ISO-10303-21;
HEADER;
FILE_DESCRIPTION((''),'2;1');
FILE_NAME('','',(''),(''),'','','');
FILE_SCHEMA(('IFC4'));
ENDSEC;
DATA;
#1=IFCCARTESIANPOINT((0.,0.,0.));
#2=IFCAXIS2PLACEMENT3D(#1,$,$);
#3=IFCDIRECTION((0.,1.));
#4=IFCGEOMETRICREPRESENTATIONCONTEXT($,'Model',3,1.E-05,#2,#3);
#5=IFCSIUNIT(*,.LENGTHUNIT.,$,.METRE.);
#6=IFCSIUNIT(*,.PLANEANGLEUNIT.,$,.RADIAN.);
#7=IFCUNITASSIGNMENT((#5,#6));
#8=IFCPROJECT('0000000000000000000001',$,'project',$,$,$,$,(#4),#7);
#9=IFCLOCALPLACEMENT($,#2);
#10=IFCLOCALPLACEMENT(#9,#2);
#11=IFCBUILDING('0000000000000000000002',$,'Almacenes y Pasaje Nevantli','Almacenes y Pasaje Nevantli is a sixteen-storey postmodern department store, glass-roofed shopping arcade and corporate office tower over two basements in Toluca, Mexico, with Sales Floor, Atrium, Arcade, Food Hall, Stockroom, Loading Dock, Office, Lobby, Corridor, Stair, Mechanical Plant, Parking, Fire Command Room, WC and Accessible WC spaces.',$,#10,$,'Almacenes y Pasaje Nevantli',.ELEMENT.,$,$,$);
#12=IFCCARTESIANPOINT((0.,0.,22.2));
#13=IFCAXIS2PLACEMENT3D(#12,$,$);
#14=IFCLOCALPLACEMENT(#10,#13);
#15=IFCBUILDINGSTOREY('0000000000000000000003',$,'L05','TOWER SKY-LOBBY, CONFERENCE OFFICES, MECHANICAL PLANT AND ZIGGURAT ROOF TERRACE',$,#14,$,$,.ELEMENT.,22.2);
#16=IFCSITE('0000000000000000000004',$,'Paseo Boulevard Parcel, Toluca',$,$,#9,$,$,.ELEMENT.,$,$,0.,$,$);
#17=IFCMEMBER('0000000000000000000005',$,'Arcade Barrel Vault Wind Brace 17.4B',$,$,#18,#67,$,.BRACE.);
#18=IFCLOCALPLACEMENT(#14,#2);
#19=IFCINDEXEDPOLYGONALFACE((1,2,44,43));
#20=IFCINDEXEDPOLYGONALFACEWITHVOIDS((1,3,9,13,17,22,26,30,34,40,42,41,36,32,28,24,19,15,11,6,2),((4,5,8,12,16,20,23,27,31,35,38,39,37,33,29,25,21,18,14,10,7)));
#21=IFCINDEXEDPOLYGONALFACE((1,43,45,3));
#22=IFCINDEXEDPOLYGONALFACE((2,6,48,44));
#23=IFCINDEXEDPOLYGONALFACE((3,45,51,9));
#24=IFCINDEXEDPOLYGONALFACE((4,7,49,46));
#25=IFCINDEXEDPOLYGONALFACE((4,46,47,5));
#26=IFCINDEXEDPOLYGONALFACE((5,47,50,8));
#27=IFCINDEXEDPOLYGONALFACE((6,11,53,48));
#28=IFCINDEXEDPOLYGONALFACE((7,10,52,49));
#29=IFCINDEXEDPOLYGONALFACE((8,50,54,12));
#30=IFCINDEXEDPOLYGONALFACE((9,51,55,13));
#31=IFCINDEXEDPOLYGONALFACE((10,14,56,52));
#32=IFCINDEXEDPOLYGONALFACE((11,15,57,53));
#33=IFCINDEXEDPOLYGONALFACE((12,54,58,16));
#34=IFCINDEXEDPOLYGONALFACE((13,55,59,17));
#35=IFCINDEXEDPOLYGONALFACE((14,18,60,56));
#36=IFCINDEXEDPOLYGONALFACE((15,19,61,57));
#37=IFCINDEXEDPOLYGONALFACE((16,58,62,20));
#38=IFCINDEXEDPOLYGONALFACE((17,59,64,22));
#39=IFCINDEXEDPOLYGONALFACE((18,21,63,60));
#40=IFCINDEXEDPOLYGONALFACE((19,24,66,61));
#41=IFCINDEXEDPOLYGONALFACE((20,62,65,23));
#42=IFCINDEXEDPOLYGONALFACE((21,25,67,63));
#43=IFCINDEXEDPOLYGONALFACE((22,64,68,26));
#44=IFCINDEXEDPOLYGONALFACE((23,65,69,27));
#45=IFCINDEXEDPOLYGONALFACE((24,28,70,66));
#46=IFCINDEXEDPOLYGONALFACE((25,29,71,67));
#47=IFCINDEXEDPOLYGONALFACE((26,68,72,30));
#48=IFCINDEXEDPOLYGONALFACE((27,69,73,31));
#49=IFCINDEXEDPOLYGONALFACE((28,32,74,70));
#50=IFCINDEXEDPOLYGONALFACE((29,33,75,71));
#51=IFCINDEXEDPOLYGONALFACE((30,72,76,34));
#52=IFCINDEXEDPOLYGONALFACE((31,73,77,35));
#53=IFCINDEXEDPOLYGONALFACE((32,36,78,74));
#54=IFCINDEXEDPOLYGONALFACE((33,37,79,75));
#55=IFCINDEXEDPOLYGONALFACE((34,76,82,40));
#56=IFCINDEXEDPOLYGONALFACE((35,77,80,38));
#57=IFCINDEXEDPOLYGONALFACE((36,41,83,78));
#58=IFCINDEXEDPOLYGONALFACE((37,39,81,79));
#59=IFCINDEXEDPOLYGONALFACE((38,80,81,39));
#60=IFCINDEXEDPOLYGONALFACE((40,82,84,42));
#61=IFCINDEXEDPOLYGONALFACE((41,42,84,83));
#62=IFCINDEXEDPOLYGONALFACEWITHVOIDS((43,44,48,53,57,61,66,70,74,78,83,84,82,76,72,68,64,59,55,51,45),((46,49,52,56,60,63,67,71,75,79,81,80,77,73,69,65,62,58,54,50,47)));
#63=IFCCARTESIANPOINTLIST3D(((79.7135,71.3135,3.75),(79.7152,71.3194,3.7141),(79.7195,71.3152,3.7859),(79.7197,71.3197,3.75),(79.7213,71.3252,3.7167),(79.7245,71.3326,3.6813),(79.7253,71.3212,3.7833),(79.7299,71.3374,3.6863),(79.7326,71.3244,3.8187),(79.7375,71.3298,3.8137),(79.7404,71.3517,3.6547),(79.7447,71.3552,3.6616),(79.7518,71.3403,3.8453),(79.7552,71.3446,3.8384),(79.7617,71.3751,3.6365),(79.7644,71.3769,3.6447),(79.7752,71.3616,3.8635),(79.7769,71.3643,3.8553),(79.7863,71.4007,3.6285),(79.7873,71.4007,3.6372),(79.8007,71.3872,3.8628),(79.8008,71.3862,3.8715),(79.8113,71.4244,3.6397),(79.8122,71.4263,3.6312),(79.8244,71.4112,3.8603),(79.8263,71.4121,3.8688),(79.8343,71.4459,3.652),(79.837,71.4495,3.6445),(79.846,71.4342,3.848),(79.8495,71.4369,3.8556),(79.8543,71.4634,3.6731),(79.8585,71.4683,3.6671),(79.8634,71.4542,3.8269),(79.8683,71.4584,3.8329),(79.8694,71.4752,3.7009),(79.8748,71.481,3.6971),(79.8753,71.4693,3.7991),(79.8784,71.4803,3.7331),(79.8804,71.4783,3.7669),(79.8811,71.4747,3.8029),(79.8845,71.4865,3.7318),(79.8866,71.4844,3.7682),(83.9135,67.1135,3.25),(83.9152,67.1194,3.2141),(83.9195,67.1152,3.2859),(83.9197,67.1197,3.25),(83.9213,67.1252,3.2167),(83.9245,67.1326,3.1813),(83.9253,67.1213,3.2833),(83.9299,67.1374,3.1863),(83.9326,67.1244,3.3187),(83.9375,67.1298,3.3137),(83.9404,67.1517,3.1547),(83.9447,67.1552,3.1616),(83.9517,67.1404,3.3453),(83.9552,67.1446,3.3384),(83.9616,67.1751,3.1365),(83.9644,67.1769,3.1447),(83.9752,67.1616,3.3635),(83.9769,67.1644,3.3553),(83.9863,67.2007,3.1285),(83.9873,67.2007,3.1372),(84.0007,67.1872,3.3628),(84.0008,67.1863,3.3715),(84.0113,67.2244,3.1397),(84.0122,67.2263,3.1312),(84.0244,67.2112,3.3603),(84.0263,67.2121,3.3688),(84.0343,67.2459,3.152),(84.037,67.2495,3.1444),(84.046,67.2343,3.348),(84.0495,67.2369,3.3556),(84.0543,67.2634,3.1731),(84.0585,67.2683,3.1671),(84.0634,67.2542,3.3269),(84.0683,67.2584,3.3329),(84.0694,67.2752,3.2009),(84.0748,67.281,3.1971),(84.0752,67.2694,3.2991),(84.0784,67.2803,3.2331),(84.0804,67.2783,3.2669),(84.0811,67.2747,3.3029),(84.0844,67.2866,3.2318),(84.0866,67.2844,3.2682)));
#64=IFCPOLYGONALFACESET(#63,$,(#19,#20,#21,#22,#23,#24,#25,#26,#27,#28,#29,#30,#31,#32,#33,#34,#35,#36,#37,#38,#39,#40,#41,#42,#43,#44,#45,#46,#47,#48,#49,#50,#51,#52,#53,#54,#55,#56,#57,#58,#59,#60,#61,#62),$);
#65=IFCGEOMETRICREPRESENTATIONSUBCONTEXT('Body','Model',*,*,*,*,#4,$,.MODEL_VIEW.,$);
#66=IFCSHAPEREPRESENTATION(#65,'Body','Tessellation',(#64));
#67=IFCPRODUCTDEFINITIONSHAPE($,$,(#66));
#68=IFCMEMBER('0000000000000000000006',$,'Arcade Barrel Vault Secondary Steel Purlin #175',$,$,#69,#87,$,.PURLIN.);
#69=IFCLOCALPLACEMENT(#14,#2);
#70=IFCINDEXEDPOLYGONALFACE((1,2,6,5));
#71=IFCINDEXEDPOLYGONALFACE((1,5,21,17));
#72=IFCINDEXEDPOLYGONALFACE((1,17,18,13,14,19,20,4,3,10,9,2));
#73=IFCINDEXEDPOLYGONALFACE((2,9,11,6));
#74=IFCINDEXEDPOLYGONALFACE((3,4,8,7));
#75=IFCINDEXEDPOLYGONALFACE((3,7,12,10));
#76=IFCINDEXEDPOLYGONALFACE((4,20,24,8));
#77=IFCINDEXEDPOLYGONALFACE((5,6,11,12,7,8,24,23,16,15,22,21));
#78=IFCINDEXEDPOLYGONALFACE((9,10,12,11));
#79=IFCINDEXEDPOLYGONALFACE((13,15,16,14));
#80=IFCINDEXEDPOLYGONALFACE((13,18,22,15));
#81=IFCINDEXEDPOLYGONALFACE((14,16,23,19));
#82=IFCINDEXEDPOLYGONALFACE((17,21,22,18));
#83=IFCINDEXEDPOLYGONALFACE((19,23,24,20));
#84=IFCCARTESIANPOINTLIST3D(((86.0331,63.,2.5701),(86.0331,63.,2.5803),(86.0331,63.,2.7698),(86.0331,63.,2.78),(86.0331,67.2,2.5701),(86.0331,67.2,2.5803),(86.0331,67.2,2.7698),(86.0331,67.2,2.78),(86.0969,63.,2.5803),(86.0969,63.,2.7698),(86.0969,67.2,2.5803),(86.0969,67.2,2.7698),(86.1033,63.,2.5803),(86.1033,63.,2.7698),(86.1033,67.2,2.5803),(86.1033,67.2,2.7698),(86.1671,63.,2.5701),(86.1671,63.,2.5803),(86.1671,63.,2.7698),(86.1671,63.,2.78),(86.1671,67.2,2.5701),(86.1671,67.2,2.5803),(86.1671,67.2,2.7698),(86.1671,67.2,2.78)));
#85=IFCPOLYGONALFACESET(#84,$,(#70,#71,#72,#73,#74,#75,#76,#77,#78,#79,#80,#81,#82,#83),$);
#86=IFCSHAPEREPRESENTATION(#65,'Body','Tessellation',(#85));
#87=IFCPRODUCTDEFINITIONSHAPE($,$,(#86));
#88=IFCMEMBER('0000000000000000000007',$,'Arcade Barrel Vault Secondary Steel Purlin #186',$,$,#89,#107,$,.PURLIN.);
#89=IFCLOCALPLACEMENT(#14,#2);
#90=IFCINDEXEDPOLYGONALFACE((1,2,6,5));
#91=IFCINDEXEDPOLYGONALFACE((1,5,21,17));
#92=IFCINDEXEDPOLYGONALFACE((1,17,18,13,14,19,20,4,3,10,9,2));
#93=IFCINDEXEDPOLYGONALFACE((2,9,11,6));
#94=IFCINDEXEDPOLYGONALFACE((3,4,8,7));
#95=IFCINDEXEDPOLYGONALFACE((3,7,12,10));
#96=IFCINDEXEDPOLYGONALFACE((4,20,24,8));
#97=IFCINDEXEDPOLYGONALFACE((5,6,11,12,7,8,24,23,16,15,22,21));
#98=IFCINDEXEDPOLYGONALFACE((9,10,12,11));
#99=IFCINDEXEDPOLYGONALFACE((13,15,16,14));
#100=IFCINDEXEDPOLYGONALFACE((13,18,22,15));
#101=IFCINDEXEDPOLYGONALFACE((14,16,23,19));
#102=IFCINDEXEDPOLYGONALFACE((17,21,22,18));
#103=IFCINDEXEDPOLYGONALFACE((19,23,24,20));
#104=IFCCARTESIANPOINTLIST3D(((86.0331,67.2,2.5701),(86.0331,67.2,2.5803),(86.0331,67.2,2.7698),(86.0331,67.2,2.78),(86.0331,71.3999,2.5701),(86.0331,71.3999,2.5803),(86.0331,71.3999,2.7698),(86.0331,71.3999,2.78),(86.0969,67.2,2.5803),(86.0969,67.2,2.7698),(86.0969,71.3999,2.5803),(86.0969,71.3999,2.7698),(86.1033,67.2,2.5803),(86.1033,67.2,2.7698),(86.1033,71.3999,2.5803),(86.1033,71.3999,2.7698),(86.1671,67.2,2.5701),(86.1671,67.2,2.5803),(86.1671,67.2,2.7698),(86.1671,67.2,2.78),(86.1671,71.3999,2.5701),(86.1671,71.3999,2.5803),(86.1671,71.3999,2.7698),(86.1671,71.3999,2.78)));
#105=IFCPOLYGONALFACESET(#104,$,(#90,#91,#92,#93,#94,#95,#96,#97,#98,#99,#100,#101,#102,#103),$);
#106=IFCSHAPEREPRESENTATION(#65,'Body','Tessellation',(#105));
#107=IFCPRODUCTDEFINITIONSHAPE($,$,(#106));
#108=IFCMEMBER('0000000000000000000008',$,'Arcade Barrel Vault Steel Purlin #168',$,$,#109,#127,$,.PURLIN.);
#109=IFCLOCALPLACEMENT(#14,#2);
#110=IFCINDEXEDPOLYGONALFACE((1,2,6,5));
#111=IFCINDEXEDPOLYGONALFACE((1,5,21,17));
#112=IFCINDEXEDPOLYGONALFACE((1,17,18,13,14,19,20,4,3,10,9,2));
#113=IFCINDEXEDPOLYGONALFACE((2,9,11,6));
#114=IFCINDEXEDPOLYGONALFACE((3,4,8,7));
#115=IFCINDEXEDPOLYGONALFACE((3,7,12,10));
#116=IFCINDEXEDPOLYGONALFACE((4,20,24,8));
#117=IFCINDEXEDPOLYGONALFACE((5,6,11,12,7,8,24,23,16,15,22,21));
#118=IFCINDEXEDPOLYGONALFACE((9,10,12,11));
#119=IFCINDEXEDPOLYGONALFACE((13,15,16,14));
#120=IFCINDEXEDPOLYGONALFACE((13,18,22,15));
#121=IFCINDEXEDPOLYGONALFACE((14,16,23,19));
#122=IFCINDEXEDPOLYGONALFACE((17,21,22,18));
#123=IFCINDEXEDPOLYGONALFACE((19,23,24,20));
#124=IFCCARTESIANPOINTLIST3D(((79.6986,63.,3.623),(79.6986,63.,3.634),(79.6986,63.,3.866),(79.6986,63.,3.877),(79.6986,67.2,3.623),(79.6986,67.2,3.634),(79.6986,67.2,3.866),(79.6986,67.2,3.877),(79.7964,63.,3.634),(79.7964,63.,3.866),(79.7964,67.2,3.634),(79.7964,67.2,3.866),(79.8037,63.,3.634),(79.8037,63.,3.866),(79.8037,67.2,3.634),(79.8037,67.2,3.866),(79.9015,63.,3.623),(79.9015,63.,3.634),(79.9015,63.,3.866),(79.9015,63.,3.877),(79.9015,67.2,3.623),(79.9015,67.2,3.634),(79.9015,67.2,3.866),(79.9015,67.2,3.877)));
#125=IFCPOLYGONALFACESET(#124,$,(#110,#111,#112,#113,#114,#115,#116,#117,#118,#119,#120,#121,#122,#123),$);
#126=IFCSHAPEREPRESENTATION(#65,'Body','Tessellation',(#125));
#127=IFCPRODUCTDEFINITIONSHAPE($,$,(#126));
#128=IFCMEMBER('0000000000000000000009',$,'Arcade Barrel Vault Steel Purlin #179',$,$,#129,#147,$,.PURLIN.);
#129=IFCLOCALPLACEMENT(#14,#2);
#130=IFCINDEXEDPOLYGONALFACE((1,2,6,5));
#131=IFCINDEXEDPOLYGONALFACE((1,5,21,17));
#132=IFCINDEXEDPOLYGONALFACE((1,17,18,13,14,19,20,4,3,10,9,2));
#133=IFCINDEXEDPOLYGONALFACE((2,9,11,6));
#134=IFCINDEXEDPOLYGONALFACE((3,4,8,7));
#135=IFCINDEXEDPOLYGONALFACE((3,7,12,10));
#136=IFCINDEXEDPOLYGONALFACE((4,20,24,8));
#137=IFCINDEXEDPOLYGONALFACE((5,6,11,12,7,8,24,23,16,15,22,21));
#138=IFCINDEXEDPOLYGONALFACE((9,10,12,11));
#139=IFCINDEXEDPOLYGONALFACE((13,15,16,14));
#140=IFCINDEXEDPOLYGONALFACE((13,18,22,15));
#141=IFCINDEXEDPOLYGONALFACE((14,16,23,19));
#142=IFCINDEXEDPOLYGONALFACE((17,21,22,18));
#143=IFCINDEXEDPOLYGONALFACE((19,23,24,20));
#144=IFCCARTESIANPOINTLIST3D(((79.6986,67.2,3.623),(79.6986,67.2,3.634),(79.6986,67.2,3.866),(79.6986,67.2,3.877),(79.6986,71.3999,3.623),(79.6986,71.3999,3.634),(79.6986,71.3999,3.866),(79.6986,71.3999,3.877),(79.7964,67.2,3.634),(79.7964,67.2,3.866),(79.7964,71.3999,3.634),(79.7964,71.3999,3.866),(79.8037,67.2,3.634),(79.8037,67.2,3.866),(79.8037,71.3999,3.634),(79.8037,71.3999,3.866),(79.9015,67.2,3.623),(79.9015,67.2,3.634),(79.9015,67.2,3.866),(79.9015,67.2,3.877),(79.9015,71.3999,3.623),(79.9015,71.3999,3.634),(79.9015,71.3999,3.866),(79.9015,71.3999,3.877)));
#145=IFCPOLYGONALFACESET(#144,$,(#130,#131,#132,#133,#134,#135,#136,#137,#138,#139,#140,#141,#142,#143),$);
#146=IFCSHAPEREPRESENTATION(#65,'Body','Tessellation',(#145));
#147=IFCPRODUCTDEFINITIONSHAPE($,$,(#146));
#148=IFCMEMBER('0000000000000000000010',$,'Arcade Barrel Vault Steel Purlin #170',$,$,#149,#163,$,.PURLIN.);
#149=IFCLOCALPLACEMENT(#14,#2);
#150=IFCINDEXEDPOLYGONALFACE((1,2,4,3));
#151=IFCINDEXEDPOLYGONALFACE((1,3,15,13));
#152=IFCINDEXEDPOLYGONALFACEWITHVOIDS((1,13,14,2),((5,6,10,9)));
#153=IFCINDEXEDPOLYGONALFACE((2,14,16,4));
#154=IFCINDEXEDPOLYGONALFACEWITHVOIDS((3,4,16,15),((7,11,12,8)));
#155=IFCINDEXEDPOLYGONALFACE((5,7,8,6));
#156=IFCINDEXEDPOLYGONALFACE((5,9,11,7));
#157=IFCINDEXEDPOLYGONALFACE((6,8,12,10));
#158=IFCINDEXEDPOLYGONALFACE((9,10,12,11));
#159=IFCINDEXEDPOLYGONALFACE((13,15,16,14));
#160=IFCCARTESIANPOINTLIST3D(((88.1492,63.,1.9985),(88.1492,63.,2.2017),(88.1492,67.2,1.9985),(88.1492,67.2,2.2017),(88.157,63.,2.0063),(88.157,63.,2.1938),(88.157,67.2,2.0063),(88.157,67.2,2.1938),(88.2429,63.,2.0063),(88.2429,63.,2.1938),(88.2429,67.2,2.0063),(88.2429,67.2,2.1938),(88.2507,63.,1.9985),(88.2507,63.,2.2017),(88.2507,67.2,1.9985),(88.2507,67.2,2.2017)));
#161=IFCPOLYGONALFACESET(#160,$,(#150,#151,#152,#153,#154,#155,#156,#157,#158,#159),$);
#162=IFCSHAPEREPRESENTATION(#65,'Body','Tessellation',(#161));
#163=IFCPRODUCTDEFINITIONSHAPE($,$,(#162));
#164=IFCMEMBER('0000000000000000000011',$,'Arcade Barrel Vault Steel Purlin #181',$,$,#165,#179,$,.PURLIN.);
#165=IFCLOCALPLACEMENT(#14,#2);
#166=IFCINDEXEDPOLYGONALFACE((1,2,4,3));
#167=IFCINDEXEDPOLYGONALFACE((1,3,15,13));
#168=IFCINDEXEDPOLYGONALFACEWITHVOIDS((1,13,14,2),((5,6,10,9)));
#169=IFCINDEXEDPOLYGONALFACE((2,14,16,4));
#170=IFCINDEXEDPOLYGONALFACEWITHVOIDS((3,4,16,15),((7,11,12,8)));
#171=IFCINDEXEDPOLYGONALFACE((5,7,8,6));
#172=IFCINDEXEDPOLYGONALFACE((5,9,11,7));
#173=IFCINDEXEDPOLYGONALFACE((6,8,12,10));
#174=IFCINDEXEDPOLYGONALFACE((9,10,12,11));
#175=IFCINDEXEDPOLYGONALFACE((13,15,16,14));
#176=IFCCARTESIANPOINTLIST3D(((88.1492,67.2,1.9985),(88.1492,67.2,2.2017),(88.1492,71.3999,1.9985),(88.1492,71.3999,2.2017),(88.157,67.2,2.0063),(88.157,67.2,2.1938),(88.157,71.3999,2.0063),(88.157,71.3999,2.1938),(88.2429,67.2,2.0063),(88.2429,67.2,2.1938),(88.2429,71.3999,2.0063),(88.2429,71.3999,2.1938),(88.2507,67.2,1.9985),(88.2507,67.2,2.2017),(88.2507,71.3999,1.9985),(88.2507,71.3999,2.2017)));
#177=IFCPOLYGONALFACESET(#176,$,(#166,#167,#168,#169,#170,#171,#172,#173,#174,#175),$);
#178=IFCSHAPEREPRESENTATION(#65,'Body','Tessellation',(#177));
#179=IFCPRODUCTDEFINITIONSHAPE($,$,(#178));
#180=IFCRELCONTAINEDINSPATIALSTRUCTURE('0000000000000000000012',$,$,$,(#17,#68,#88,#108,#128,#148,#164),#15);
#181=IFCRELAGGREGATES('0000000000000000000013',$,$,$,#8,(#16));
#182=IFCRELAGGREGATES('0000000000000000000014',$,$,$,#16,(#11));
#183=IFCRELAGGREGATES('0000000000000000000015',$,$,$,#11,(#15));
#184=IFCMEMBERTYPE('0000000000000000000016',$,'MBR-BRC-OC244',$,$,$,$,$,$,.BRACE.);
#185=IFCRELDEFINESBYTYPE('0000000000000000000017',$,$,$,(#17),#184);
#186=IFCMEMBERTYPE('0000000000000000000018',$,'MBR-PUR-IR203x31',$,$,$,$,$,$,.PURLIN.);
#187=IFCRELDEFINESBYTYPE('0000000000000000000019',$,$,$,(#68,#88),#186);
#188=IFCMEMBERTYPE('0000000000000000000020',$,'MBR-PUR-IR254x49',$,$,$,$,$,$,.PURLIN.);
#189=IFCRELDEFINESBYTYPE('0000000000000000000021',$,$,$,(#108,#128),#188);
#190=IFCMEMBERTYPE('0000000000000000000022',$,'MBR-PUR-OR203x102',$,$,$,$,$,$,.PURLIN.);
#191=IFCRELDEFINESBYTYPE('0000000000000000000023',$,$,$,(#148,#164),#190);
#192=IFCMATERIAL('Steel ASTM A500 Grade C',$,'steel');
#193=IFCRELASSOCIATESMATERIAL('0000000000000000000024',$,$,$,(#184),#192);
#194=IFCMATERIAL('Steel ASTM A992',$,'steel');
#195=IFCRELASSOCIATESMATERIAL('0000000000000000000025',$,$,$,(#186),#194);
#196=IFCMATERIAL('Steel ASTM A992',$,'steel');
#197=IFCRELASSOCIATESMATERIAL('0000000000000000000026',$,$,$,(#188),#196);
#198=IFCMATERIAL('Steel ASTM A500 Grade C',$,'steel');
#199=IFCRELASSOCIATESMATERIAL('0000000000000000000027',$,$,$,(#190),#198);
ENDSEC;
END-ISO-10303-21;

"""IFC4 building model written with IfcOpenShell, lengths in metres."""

from ifc_helpers import new_model, si_unit, direction, frame, origin, origin_2d, place, context, subcontext, project, spatial, hollow_rectangle, hollow_circle, i_section, extrude, material, material_profile, profile_set, type_object, element, save


model = new_model("IFC4")

# Units and contexts
model_context = context("Model", 3, precision=1e-05, world=origin(), true_north=direction((0.0, 1.0)))
body_context = subcontext(model_context, "Body", "Model", "MODEL_VIEW")
ifc_project = project(units=[si_unit("LENGTHUNIT", "METRE"), si_unit("PLANEANGLEUNIT", "RADIAN")], contexts=[model_context])

# Site, building, storey
site_placement = place(None, origin())
site = spatial("IfcSite", under=ifc_project, at=site_placement, Name="Paseo Boulevard Parcel, Toluca", CompositionType="ELEMENT", RefElevation=0.0)
building_placement = place(site_placement, origin())
building = spatial("IfcBuilding", under=site, at=building_placement, Name="Almacenes y Pasaje Nevantli", Description="Almacenes y Pasaje Nevantli is a sixteen-storey postmodern department store, glass-roofed shopping arcade and corporate office tower over two basements in Toluca, Mexico, with Sales Floor, Atrium, Arcade, Food Hall, Stockroom, Loading Dock, Office, Lobby, Corridor, Stair, Mechanical Plant, Parking, Fire Command Room, WC and Accessible WC spaces.", LongName="Almacenes y Pasaje Nevantli", CompositionType="ELEMENT")
storey_placement = place(building_placement, frame((0.0, 0.0, 22.2)))
storey = spatial("IfcBuildingStorey", under=building, at=storey_placement, Name="L05", Description="TOWER SKY-LOBBY, CONFERENCE OFFICES, MECHANICAL PLANT AND ZIGGURAT ROOF TERRACE", CompositionType="ELEMENT", Elevation=22.2)

# Members
ifc_material_1 = material(Name="Steel ASTM A500 Grade C", Category="steel")
ifc_material_profile_1 = material_profile(ifc_material_1, hollow_circle(Radius=0.1223, WallThickness=0.0088, at=origin_2d()), Name="OC 244x8.9")
ifc_profile_set_1 = profile_set([ifc_material_profile_1], Name="Steel ASTM A500 Grade C")
member_type_1 = type_object("IfcMemberType", Name="MBR-BRC-OC244", PredefinedType="BRACE", material=ifc_profile_set_1)
for number, where, z_axis, x_axis, name in (
    (1, (84.0, 67.2, 3.25), (-0.704615, 0.704615, 0.083884), (-0.707107, -0.707107, 0.0), "Arcade Barrel Vault Wind Brace 17.4B"),
):
    element("IfcMember", number, at=place(storey_placement, frame(where, z_axis=z_axis, x_axis=x_axis)), inside=storey, type_object=member_type_1, Name=name, PredefinedType="BRACE", context=body_context, shape_type="SweptSolid", body=[
        extrude(hollow_circle(Radius=0.1223, WallThickness=0.0088, at=origin_2d()), origin(), (0.0, 0.0, 1.0), 5.9607),
    ])
ifc_material_2 = material(Name="Steel ASTM A992", Category="steel")
ifc_material_profile_2 = material_profile(ifc_material_2, i_section(OverallWidth=0.134, OverallDepth=0.21, WebThickness=0.0063, FlangeThickness=0.0103, at=origin_2d()), Name="IR 203x31.3")
ifc_profile_set_2 = profile_set([ifc_material_profile_2], Name="Steel ASTM A992")
member_type_2 = type_object("IfcMemberType", Name="MBR-PUR-IR203x31", PredefinedType="PURLIN", material=ifc_profile_set_2)
for number, where, z_axis, x_axis, name in (
    (2, (86.1001, 63.0, 2.675), (0.0, 1.0, 0.0), (-1.0, 0.0, 0.0), "Arcade Barrel Vault Secondary Steel Purlin #175"),
    (3, (86.1001, 67.2, 2.675), (0.0, 1.0, 0.0), (-1.0, 0.0, 0.0), "Arcade Barrel Vault Secondary Steel Purlin #186"),
):
    element("IfcMember", number, at=place(storey_placement, frame(where, z_axis=z_axis, x_axis=x_axis)), inside=storey, type_object=member_type_2, Name=name, PredefinedType="PURLIN", context=body_context, shape_type="SweptSolid", body=[
        extrude(i_section(OverallWidth=0.134, OverallDepth=0.21, WebThickness=0.0063, FlangeThickness=0.0103, at=origin_2d()), origin(), (0.0, 0.0, 1.0), 4.2),
    ])
ifc_material_3 = material(Name="Steel ASTM A992", Category="steel")
ifc_material_profile_3 = material_profile(ifc_material_3, i_section(OverallWidth=0.2029, OverallDepth=0.2539, WebThickness=0.0073, FlangeThickness=0.011, at=origin_2d()), Name="IR 254x49.1")
ifc_profile_set_3 = profile_set([ifc_material_profile_3], Name="Steel ASTM A992")
member_type_3 = type_object("IfcMemberType", Name="MBR-PUR-IR254x49", PredefinedType="PURLIN", material=ifc_profile_set_3)
for number, where, z_axis, x_axis, name in (
    (4, (79.8, 63.0, 3.75), (0.0, 1.0, 0.0), (-1.0, 0.0, 0.0), "Arcade Barrel Vault Steel Purlin #168"),
    (5, (79.8, 67.2, 3.75), (0.0, 1.0, 0.0), (-1.0, 0.0, 0.0), "Arcade Barrel Vault Steel Purlin #179"),
):
    element("IfcMember", number, at=place(storey_placement, frame(where, z_axis=z_axis, x_axis=x_axis)), inside=storey, type_object=member_type_3, Name=name, PredefinedType="PURLIN", context=body_context, shape_type="SweptSolid", body=[
        extrude(i_section(OverallWidth=0.2029, OverallDepth=0.2539, WebThickness=0.0073, FlangeThickness=0.011, at=origin_2d()), origin(), (0.0, 0.0, 1.0), 4.2),
    ])
ifc_material_4 = material(Name="Steel ASTM A500 Grade C", Category="steel")
ifc_material_profile_4 = material_profile(ifc_material_4, hollow_rectangle(XDim=0.1016, YDim=0.2031, WallThickness=0.0078, at=origin_2d()), Name="OR 203x102x7.9")
ifc_profile_set_4 = profile_set([ifc_material_profile_4], Name="Steel ASTM A500 Grade C")
member_type_4 = type_object("IfcMemberType", Name="MBR-PUR-OR203x102", PredefinedType="PURLIN", material=ifc_profile_set_4)
for number, where, z_axis, x_axis, name in (
    (6, (88.2, 63.0, 2.1001), (0.0, 1.0, 0.0), (-1.0, 0.0, 0.0), "Arcade Barrel Vault Steel Purlin #170"),
    (7, (88.2, 67.2, 2.1001), (0.0, 1.0, 0.0), (-1.0, 0.0, 0.0), "Arcade Barrel Vault Steel Purlin #181"),
):
    element("IfcMember", number, at=place(storey_placement, frame(where, z_axis=z_axis, x_axis=x_axis)), inside=storey, type_object=member_type_4, Name=name, PredefinedType="PURLIN", context=body_context, shape_type="SweptSolid", body=[
        extrude(hollow_rectangle(XDim=0.1016, YDim=0.2031, WallThickness=0.0078, at=origin_2d()), origin(), (0.0, 0.0, 1.0), 4.2),
    ])

save(model, "model.ifc")
